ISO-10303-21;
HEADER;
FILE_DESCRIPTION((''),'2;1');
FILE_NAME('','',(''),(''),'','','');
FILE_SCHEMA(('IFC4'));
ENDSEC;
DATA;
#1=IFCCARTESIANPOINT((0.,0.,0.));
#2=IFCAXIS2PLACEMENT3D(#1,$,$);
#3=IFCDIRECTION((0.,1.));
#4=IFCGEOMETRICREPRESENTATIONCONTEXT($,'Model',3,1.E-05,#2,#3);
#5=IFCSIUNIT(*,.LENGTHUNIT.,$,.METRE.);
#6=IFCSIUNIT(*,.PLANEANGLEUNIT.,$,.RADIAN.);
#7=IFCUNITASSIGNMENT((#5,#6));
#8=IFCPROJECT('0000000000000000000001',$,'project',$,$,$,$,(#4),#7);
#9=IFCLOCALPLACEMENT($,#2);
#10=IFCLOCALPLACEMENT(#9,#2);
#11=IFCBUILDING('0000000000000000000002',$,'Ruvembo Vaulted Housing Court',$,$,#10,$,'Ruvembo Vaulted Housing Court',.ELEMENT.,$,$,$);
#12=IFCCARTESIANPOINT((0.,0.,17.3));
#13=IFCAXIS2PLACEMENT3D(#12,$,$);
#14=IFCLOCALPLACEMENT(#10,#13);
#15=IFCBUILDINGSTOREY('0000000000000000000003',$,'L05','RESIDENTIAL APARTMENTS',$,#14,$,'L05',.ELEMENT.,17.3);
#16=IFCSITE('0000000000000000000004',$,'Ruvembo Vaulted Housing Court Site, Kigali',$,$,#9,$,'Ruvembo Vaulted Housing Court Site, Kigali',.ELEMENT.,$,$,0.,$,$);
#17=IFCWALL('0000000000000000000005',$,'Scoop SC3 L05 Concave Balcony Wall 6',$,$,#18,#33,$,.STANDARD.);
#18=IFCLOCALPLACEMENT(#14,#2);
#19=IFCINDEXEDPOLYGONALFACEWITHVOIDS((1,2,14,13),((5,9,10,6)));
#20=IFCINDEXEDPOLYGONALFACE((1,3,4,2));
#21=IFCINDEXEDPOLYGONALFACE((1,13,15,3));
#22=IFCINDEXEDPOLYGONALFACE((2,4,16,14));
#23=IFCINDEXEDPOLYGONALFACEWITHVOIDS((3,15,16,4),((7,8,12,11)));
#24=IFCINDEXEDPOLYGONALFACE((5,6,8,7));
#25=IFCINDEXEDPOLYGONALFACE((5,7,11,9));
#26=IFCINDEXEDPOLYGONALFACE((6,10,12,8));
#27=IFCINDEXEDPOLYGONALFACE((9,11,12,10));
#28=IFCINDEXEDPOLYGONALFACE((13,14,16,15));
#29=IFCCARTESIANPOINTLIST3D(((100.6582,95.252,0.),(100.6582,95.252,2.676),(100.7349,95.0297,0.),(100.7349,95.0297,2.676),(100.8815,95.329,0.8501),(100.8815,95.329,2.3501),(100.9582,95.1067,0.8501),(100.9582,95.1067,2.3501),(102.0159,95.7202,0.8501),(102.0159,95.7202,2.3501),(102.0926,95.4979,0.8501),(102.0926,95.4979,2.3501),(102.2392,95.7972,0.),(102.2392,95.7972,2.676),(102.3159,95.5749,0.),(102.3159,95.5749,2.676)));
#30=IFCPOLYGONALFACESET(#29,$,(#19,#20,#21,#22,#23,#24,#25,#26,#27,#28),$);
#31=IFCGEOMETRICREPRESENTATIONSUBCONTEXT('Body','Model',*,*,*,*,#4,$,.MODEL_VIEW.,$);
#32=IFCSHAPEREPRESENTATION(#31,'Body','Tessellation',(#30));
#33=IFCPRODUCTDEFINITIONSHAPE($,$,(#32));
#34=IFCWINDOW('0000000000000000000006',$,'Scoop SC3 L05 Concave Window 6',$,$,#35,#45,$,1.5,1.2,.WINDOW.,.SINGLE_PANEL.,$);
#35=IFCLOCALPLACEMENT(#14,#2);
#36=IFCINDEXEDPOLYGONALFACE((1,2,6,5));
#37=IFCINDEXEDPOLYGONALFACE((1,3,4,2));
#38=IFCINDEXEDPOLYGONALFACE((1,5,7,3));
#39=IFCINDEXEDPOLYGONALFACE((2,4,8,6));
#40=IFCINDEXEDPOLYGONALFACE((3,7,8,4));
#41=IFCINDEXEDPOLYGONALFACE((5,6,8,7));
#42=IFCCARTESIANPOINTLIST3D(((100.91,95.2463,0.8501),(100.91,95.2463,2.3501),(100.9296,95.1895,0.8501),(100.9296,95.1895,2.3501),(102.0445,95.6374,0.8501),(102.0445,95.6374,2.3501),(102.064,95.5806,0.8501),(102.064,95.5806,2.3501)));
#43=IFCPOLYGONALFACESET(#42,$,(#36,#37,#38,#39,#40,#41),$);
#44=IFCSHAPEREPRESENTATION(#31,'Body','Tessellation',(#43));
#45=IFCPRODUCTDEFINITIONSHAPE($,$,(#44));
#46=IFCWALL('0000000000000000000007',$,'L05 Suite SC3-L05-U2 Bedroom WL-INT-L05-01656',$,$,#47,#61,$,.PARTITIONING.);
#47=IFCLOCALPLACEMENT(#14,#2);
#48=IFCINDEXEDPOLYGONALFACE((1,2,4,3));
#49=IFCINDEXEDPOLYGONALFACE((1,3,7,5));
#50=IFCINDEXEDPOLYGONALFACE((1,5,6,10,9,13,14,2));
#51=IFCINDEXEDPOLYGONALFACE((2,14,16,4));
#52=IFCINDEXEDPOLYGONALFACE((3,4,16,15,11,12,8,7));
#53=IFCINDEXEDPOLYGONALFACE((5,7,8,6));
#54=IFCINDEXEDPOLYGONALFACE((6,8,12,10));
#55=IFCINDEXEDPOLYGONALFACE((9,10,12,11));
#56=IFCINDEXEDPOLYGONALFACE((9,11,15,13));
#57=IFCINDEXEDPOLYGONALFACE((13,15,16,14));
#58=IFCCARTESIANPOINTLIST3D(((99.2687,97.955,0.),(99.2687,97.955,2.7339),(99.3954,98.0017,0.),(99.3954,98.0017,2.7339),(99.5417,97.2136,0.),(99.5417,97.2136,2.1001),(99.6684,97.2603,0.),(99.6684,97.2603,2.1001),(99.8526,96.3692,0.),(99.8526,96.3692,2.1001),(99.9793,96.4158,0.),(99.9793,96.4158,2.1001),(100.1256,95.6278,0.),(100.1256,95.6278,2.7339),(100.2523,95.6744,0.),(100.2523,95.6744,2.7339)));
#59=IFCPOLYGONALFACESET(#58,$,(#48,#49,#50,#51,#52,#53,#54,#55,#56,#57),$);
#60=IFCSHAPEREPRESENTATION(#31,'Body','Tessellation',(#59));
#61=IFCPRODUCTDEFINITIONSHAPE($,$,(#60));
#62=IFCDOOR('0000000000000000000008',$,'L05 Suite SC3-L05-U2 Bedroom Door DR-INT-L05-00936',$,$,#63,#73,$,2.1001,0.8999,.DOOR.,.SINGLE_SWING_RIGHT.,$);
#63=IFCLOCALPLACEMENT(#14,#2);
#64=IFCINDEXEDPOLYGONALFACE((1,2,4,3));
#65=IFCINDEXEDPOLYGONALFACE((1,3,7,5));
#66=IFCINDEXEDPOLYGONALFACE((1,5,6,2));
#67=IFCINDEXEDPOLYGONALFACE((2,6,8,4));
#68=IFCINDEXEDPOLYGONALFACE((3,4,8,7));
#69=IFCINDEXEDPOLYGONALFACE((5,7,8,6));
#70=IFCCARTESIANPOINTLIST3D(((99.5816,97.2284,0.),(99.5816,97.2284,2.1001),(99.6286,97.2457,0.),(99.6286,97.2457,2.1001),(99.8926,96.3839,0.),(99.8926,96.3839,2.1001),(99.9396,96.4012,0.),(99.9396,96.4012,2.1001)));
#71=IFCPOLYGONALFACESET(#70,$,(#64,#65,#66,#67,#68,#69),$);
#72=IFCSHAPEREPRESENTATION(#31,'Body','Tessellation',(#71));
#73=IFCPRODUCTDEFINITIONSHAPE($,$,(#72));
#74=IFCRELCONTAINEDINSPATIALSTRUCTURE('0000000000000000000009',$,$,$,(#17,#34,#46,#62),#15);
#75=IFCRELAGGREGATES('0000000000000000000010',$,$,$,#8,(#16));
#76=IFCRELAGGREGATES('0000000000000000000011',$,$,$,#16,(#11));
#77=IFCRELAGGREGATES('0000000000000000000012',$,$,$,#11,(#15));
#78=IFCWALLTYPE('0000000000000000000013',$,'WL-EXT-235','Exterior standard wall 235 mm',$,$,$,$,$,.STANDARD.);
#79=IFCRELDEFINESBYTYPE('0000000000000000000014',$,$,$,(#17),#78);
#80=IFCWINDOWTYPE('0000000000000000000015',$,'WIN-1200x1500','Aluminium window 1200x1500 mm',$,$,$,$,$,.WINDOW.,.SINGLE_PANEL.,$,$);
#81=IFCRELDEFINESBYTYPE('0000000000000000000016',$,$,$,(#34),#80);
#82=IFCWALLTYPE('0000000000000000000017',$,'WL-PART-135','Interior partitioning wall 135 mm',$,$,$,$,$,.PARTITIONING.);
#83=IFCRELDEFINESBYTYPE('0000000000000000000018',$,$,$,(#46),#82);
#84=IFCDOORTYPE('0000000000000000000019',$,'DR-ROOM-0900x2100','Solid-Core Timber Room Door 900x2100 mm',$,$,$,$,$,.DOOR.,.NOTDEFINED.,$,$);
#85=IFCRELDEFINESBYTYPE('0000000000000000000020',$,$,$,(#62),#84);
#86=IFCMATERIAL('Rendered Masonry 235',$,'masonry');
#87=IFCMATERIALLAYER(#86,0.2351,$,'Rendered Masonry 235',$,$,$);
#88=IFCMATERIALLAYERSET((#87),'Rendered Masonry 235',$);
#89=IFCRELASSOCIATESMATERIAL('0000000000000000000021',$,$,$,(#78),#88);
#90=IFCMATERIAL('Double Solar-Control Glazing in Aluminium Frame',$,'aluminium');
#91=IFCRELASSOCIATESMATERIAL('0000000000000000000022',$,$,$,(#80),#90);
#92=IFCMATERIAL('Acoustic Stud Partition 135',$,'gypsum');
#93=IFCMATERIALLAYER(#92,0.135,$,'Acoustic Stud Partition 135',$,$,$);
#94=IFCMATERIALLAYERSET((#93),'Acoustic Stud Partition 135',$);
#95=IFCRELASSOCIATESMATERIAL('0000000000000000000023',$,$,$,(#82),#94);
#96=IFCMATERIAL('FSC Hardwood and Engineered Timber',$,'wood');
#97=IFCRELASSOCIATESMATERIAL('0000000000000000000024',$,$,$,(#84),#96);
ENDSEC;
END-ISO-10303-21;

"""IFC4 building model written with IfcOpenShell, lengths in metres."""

from ifc_helpers import new_model, si_unit, direction, frame, frame_2d, origin, place, context, subcontext, project, spatial, rectangle, extrude, material, layer, layer_set, type_object, element, fill, save


model = new_model("IFC4")

# Units and contexts
model_context = context("Model", 3, precision=1e-05, world=origin(), true_north=direction((0.0, 1.0)))
body_context = subcontext(model_context, "Body", "Model", "MODEL_VIEW")
ifc_project = project(units=[si_unit("LENGTHUNIT", "METRE"), si_unit("PLANEANGLEUNIT", "RADIAN")], contexts=[model_context])

# Site, building, storey
site_placement = place(None, origin())
site = spatial("IfcSite", under=ifc_project, at=site_placement, Name="Ruvembo Vaulted Housing Court Site, Kigali", LongName="Ruvembo Vaulted Housing Court Site, Kigali", CompositionType="ELEMENT", RefElevation=0.0)
building_placement = place(site_placement, origin())
building = spatial("IfcBuilding", under=site, at=building_placement, Name="Ruvembo Vaulted Housing Court", LongName="Ruvembo Vaulted Housing Court", CompositionType="ELEMENT")
storey_placement = place(building_placement, frame((0.0, 0.0, 17.3)))
storey = spatial("IfcBuildingStorey", under=building, at=storey_placement, Name="L05", Description="RESIDENTIAL APARTMENTS", LongName="L05", CompositionType="ELEMENT", Elevation=17.3)

# Wall, opening, window
ifc_material_1 = material(Name="Rendered Masonry 235", Category="masonry")
ifc_layer_1 = layer(ifc_material_1, 0.2351, Name="Rendered Masonry 235")
ifc_layer_set_1 = layer_set([ifc_layer_1], Name="Rendered Masonry 235")
wall_type_1 = type_object("IfcWallType", Name="WL-EXT-235", Description="Exterior standard wall 235 mm", PredefinedType="STANDARD", material=ifc_layer_set_1)
ifc_material_2 = material(Name="Double Solar-Control Glazing in Aluminium Frame", Category="aluminium")
wall_1_placement = place(storey_placement, frame((100.6965, 95.1409, 0.0), z_axis=(0.0, 0.0, 1.0), x_axis=(0.945378, 0.325977, 0.0)))
wall_1 = element("IfcWall", 1, at=wall_1_placement, inside=storey, type_object=wall_type_1, Name="Scoop SC3 L05 Concave Balcony Wall 6", PredefinedType="STANDARD", context=body_context, shape_type="SweptSolid", body=[
    extrude(rectangle(XDim=1.6724, YDim=0.2351, at=frame_2d((0.8362, 0.0))), origin(), (0.0, 0.0, 1.0), 2.676),
])
opening_1_placement = place(wall_1_placement, frame((0.2361, 0.0, 0.8501)))
opening_1 = element("IfcOpeningElement", 2, at=opening_1_placement, cuts=wall_1, PredefinedType="OPENING", context=body_context, shape_type="SweptSolid", body=[
    extrude(rectangle(XDim=1.2, YDim=1.5, at=frame_2d((0.6001, 0.75))), frame((0.0, 0.1274, 0.0), z_axis=(0.0, -1.0, 0.0), x_axis=(1.0, 0.0, 0.0)), (0.0, 0.0, 1.0), 0.2551),
])
window_type_1 = type_object("IfcWindowType", Name="WIN-1200x1500", Description="Aluminium window 1200x1500 mm", PartitioningType="SINGLE_PANEL", PredefinedType="WINDOW", material=ifc_material_2)
window_1_placement = place(opening_1_placement, origin())
window_1 = element("IfcWindow", 3, at=window_1_placement, inside=storey, type_object=window_type_1, Name="Scoop SC3 L05 Concave Window 6", OverallHeight=1.5, OverallWidth=1.2, PartitioningType="SINGLE_PANEL", PredefinedType="WINDOW", context=body_context, shape_type="SweptSolid", body=[
    extrude(rectangle(XDim=1.2, YDim=1.5, at=frame_2d((0.6001, 0.75))), frame((0.0, 0.03, 0.0), z_axis=(0.0, -1.0, 0.0), x_axis=(1.0, 0.0, 0.0)), (0.0, 0.0, 1.0), 0.0601),
])
fill(opening_1, window_1)

# Wall, opening, door
ifc_material_3 = material(Name="Acoustic Stud Partition 135", Category="gypsum")
ifc_layer_2 = layer(ifc_material_3, 0.135, Name="Acoustic Stud Partition 135")
ifc_layer_set_2 = layer_set([ifc_layer_2], Name="Acoustic Stud Partition 135")
wall_type_2 = type_object("IfcWallType", Name="WL-PART-135", Description="Interior partitioning wall 135 mm", PredefinedType="PARTITIONING", material=ifc_layer_set_2)
wall_2_placement = place(storey_placement, frame((100.189, 95.6511, 0.0), z_axis=(0.0, 0.0, 1.0), x_axis=(-0.34555, 0.9384, 0.0)))
wall_2 = element("IfcWall", 4, at=wall_2_placement, inside=storey, type_object=wall_type_2, Name="L05 Suite SC3-L05-U2 Bedroom WL-INT-L05-01656", PredefinedType="PARTITIONING", context=body_context, shape_type="SweptSolid", body=[
    extrude(rectangle(XDim=2.48, YDim=0.135, at=frame_2d((1.24, 0.0))), origin(), (0.0, 0.0, 1.0), 2.7339),
])
opening_2_placement = place(wall_2_placement, frame((0.79, 0.0, 0.0)))
opening_2 = element("IfcOpeningElement", 5, at=opening_2_placement, cuts=wall_2, PredefinedType="OPENING", context=body_context, shape_type="SweptSolid", body=[
    extrude(rectangle(XDim=0.8999, YDim=2.1001, at=frame_2d((0.45, 1.05))), frame((0.0, 0.0774, 0.0), z_axis=(0.0, -1.0, 0.0), x_axis=(1.0, 0.0, 0.0)), (0.0, 0.0, 1.0), 0.155),
])
ifc_material_4 = material(Name="FSC Hardwood and Engineered Timber", Category="wood")
door_type = type_object("IfcDoorType", Name="DR-ROOM-0900x2100", Description="Solid-Core Timber Room Door 900x2100 mm", OperationType="NOTDEFINED", PredefinedType="DOOR", material=ifc_material_4)
door_placement = place(opening_2_placement, origin())
door = element("IfcDoor", 6, at=door_placement, inside=storey, type_object=door_type, Name="L05 Suite SC3-L05-U2 Bedroom Door DR-INT-L05-00936", OperationType="SINGLE_SWING_RIGHT", OverallHeight=2.1001, OverallWidth=0.8999, PredefinedType="DOOR", context=body_context, shape_type="SweptSolid", body=[
    extrude(rectangle(XDim=0.8999, YDim=2.1001, at=frame_2d((0.45, 1.05))), frame((0.0, 0.0249, 0.0), z_axis=(0.0, -1.0, 0.0), x_axis=(1.0, 0.0, 0.0)), (0.0, 0.0, 1.0), 0.05),
])
fill(opening_2, door)

save(model, "model.ifc")
